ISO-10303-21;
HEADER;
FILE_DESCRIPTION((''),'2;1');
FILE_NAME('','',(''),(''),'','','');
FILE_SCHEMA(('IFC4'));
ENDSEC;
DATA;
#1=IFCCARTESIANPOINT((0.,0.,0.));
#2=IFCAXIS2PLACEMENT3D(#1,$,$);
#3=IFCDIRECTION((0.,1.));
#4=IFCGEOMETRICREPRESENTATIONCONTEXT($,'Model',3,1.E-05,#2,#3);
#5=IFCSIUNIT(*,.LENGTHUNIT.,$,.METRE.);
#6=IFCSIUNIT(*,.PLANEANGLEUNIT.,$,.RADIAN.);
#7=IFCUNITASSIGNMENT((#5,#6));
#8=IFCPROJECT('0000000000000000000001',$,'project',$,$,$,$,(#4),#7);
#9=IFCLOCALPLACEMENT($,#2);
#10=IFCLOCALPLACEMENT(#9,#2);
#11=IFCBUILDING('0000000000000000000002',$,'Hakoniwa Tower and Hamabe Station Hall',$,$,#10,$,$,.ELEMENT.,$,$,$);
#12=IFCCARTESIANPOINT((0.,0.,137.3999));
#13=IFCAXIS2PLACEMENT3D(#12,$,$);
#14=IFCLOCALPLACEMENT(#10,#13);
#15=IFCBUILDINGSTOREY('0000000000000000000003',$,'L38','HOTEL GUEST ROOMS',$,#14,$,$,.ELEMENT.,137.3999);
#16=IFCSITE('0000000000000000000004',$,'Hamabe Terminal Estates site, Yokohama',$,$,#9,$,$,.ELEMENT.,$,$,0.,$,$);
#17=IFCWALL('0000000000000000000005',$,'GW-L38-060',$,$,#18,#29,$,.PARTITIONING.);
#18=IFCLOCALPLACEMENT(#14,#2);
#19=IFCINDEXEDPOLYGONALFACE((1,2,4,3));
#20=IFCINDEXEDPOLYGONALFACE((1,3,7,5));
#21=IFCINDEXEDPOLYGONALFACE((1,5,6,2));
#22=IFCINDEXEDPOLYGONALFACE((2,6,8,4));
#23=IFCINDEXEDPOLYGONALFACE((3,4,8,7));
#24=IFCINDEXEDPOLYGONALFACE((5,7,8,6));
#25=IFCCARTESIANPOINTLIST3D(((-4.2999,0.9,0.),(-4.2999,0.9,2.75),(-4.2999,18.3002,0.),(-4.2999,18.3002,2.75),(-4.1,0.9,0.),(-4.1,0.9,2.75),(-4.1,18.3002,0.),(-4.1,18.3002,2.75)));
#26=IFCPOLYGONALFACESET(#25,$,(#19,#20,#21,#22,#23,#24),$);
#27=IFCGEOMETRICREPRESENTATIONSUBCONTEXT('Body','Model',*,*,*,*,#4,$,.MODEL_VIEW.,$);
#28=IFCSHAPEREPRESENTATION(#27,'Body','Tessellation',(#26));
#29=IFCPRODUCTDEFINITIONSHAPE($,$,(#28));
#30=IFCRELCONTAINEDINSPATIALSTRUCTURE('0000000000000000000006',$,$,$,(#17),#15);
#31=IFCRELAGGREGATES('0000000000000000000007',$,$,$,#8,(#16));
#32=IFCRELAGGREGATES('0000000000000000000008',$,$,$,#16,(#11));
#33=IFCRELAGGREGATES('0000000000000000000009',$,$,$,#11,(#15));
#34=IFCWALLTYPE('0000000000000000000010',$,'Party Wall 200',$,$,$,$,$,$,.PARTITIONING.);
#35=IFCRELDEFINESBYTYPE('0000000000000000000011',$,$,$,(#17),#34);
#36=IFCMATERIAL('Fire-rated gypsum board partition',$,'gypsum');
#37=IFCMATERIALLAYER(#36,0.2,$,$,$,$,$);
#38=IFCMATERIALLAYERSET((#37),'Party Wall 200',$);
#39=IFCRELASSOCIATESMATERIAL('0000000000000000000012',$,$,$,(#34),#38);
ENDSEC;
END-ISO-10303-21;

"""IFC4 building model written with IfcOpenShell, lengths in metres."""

from ifc_helpers import new_model, si_unit, direction, frame, frame_2d, origin, place, context, subcontext, project, spatial, rectangle, extrude, material, layer, layer_set, type_object, element, save


model = new_model("IFC4")

# Units and contexts
model_context = context("Model", 3, precision=1e-05, world=origin(), true_north=direction((0.0, 1.0)))
body_context = subcontext(model_context, "Body", "Model", "MODEL_VIEW")
ifc_project = project(units=[si_unit("LENGTHUNIT", "METRE"), si_unit("PLANEANGLEUNIT", "RADIAN")], contexts=[model_context])

# Site, building, storey
site_placement = place(None, origin())
site = spatial("IfcSite", under=ifc_project, at=site_placement, Name="Hamabe Terminal Estates site, Yokohama", CompositionType="ELEMENT", RefElevation=0.0)
building_placement = place(site_placement, origin())
building = spatial("IfcBuilding", under=site, at=building_placement, Name="Hakoniwa Tower and Hamabe Station Hall", CompositionType="ELEMENT")
storey_placement = place(building_placement, frame((0.0, 0.0, 137.3999)))
storey = spatial("IfcBuildingStorey", under=building, at=storey_placement, Name="L38", Description="HOTEL GUEST ROOMS", CompositionType="ELEMENT", Elevation=137.3999)

# Wall
ifc_material_1 = material(Name="Fire-rated gypsum board partition", Category="gypsum")
ifc_layer_1 = layer(ifc_material_1, 0.2)
ifc_layer_set_1 = layer_set([ifc_layer_1], Name="Party Wall 200")
wall_type_1 = type_object("IfcWallType", Name="Party Wall 200", PredefinedType="PARTITIONING", material=ifc_layer_set_1)
wall_1_placement = place(storey_placement, frame((-4.2, 0.8999, 0.0), z_axis=(0.0, 0.0, 1.0), x_axis=(0.0, 1.0, 0.0)))
element("IfcWall", 1, at=wall_1_placement, inside=storey, type_object=wall_type_1, Name="GW-L38-060", PredefinedType="PARTITIONING", context=body_context, shape_type="SweptSolid", body=[
    extrude(rectangle(XDim=17.4001, YDim=0.2, at=frame_2d((8.7002, 0.0))), origin(), (0.0, 0.0, 1.0), 2.75),
])

save(model, "model.ifc")
